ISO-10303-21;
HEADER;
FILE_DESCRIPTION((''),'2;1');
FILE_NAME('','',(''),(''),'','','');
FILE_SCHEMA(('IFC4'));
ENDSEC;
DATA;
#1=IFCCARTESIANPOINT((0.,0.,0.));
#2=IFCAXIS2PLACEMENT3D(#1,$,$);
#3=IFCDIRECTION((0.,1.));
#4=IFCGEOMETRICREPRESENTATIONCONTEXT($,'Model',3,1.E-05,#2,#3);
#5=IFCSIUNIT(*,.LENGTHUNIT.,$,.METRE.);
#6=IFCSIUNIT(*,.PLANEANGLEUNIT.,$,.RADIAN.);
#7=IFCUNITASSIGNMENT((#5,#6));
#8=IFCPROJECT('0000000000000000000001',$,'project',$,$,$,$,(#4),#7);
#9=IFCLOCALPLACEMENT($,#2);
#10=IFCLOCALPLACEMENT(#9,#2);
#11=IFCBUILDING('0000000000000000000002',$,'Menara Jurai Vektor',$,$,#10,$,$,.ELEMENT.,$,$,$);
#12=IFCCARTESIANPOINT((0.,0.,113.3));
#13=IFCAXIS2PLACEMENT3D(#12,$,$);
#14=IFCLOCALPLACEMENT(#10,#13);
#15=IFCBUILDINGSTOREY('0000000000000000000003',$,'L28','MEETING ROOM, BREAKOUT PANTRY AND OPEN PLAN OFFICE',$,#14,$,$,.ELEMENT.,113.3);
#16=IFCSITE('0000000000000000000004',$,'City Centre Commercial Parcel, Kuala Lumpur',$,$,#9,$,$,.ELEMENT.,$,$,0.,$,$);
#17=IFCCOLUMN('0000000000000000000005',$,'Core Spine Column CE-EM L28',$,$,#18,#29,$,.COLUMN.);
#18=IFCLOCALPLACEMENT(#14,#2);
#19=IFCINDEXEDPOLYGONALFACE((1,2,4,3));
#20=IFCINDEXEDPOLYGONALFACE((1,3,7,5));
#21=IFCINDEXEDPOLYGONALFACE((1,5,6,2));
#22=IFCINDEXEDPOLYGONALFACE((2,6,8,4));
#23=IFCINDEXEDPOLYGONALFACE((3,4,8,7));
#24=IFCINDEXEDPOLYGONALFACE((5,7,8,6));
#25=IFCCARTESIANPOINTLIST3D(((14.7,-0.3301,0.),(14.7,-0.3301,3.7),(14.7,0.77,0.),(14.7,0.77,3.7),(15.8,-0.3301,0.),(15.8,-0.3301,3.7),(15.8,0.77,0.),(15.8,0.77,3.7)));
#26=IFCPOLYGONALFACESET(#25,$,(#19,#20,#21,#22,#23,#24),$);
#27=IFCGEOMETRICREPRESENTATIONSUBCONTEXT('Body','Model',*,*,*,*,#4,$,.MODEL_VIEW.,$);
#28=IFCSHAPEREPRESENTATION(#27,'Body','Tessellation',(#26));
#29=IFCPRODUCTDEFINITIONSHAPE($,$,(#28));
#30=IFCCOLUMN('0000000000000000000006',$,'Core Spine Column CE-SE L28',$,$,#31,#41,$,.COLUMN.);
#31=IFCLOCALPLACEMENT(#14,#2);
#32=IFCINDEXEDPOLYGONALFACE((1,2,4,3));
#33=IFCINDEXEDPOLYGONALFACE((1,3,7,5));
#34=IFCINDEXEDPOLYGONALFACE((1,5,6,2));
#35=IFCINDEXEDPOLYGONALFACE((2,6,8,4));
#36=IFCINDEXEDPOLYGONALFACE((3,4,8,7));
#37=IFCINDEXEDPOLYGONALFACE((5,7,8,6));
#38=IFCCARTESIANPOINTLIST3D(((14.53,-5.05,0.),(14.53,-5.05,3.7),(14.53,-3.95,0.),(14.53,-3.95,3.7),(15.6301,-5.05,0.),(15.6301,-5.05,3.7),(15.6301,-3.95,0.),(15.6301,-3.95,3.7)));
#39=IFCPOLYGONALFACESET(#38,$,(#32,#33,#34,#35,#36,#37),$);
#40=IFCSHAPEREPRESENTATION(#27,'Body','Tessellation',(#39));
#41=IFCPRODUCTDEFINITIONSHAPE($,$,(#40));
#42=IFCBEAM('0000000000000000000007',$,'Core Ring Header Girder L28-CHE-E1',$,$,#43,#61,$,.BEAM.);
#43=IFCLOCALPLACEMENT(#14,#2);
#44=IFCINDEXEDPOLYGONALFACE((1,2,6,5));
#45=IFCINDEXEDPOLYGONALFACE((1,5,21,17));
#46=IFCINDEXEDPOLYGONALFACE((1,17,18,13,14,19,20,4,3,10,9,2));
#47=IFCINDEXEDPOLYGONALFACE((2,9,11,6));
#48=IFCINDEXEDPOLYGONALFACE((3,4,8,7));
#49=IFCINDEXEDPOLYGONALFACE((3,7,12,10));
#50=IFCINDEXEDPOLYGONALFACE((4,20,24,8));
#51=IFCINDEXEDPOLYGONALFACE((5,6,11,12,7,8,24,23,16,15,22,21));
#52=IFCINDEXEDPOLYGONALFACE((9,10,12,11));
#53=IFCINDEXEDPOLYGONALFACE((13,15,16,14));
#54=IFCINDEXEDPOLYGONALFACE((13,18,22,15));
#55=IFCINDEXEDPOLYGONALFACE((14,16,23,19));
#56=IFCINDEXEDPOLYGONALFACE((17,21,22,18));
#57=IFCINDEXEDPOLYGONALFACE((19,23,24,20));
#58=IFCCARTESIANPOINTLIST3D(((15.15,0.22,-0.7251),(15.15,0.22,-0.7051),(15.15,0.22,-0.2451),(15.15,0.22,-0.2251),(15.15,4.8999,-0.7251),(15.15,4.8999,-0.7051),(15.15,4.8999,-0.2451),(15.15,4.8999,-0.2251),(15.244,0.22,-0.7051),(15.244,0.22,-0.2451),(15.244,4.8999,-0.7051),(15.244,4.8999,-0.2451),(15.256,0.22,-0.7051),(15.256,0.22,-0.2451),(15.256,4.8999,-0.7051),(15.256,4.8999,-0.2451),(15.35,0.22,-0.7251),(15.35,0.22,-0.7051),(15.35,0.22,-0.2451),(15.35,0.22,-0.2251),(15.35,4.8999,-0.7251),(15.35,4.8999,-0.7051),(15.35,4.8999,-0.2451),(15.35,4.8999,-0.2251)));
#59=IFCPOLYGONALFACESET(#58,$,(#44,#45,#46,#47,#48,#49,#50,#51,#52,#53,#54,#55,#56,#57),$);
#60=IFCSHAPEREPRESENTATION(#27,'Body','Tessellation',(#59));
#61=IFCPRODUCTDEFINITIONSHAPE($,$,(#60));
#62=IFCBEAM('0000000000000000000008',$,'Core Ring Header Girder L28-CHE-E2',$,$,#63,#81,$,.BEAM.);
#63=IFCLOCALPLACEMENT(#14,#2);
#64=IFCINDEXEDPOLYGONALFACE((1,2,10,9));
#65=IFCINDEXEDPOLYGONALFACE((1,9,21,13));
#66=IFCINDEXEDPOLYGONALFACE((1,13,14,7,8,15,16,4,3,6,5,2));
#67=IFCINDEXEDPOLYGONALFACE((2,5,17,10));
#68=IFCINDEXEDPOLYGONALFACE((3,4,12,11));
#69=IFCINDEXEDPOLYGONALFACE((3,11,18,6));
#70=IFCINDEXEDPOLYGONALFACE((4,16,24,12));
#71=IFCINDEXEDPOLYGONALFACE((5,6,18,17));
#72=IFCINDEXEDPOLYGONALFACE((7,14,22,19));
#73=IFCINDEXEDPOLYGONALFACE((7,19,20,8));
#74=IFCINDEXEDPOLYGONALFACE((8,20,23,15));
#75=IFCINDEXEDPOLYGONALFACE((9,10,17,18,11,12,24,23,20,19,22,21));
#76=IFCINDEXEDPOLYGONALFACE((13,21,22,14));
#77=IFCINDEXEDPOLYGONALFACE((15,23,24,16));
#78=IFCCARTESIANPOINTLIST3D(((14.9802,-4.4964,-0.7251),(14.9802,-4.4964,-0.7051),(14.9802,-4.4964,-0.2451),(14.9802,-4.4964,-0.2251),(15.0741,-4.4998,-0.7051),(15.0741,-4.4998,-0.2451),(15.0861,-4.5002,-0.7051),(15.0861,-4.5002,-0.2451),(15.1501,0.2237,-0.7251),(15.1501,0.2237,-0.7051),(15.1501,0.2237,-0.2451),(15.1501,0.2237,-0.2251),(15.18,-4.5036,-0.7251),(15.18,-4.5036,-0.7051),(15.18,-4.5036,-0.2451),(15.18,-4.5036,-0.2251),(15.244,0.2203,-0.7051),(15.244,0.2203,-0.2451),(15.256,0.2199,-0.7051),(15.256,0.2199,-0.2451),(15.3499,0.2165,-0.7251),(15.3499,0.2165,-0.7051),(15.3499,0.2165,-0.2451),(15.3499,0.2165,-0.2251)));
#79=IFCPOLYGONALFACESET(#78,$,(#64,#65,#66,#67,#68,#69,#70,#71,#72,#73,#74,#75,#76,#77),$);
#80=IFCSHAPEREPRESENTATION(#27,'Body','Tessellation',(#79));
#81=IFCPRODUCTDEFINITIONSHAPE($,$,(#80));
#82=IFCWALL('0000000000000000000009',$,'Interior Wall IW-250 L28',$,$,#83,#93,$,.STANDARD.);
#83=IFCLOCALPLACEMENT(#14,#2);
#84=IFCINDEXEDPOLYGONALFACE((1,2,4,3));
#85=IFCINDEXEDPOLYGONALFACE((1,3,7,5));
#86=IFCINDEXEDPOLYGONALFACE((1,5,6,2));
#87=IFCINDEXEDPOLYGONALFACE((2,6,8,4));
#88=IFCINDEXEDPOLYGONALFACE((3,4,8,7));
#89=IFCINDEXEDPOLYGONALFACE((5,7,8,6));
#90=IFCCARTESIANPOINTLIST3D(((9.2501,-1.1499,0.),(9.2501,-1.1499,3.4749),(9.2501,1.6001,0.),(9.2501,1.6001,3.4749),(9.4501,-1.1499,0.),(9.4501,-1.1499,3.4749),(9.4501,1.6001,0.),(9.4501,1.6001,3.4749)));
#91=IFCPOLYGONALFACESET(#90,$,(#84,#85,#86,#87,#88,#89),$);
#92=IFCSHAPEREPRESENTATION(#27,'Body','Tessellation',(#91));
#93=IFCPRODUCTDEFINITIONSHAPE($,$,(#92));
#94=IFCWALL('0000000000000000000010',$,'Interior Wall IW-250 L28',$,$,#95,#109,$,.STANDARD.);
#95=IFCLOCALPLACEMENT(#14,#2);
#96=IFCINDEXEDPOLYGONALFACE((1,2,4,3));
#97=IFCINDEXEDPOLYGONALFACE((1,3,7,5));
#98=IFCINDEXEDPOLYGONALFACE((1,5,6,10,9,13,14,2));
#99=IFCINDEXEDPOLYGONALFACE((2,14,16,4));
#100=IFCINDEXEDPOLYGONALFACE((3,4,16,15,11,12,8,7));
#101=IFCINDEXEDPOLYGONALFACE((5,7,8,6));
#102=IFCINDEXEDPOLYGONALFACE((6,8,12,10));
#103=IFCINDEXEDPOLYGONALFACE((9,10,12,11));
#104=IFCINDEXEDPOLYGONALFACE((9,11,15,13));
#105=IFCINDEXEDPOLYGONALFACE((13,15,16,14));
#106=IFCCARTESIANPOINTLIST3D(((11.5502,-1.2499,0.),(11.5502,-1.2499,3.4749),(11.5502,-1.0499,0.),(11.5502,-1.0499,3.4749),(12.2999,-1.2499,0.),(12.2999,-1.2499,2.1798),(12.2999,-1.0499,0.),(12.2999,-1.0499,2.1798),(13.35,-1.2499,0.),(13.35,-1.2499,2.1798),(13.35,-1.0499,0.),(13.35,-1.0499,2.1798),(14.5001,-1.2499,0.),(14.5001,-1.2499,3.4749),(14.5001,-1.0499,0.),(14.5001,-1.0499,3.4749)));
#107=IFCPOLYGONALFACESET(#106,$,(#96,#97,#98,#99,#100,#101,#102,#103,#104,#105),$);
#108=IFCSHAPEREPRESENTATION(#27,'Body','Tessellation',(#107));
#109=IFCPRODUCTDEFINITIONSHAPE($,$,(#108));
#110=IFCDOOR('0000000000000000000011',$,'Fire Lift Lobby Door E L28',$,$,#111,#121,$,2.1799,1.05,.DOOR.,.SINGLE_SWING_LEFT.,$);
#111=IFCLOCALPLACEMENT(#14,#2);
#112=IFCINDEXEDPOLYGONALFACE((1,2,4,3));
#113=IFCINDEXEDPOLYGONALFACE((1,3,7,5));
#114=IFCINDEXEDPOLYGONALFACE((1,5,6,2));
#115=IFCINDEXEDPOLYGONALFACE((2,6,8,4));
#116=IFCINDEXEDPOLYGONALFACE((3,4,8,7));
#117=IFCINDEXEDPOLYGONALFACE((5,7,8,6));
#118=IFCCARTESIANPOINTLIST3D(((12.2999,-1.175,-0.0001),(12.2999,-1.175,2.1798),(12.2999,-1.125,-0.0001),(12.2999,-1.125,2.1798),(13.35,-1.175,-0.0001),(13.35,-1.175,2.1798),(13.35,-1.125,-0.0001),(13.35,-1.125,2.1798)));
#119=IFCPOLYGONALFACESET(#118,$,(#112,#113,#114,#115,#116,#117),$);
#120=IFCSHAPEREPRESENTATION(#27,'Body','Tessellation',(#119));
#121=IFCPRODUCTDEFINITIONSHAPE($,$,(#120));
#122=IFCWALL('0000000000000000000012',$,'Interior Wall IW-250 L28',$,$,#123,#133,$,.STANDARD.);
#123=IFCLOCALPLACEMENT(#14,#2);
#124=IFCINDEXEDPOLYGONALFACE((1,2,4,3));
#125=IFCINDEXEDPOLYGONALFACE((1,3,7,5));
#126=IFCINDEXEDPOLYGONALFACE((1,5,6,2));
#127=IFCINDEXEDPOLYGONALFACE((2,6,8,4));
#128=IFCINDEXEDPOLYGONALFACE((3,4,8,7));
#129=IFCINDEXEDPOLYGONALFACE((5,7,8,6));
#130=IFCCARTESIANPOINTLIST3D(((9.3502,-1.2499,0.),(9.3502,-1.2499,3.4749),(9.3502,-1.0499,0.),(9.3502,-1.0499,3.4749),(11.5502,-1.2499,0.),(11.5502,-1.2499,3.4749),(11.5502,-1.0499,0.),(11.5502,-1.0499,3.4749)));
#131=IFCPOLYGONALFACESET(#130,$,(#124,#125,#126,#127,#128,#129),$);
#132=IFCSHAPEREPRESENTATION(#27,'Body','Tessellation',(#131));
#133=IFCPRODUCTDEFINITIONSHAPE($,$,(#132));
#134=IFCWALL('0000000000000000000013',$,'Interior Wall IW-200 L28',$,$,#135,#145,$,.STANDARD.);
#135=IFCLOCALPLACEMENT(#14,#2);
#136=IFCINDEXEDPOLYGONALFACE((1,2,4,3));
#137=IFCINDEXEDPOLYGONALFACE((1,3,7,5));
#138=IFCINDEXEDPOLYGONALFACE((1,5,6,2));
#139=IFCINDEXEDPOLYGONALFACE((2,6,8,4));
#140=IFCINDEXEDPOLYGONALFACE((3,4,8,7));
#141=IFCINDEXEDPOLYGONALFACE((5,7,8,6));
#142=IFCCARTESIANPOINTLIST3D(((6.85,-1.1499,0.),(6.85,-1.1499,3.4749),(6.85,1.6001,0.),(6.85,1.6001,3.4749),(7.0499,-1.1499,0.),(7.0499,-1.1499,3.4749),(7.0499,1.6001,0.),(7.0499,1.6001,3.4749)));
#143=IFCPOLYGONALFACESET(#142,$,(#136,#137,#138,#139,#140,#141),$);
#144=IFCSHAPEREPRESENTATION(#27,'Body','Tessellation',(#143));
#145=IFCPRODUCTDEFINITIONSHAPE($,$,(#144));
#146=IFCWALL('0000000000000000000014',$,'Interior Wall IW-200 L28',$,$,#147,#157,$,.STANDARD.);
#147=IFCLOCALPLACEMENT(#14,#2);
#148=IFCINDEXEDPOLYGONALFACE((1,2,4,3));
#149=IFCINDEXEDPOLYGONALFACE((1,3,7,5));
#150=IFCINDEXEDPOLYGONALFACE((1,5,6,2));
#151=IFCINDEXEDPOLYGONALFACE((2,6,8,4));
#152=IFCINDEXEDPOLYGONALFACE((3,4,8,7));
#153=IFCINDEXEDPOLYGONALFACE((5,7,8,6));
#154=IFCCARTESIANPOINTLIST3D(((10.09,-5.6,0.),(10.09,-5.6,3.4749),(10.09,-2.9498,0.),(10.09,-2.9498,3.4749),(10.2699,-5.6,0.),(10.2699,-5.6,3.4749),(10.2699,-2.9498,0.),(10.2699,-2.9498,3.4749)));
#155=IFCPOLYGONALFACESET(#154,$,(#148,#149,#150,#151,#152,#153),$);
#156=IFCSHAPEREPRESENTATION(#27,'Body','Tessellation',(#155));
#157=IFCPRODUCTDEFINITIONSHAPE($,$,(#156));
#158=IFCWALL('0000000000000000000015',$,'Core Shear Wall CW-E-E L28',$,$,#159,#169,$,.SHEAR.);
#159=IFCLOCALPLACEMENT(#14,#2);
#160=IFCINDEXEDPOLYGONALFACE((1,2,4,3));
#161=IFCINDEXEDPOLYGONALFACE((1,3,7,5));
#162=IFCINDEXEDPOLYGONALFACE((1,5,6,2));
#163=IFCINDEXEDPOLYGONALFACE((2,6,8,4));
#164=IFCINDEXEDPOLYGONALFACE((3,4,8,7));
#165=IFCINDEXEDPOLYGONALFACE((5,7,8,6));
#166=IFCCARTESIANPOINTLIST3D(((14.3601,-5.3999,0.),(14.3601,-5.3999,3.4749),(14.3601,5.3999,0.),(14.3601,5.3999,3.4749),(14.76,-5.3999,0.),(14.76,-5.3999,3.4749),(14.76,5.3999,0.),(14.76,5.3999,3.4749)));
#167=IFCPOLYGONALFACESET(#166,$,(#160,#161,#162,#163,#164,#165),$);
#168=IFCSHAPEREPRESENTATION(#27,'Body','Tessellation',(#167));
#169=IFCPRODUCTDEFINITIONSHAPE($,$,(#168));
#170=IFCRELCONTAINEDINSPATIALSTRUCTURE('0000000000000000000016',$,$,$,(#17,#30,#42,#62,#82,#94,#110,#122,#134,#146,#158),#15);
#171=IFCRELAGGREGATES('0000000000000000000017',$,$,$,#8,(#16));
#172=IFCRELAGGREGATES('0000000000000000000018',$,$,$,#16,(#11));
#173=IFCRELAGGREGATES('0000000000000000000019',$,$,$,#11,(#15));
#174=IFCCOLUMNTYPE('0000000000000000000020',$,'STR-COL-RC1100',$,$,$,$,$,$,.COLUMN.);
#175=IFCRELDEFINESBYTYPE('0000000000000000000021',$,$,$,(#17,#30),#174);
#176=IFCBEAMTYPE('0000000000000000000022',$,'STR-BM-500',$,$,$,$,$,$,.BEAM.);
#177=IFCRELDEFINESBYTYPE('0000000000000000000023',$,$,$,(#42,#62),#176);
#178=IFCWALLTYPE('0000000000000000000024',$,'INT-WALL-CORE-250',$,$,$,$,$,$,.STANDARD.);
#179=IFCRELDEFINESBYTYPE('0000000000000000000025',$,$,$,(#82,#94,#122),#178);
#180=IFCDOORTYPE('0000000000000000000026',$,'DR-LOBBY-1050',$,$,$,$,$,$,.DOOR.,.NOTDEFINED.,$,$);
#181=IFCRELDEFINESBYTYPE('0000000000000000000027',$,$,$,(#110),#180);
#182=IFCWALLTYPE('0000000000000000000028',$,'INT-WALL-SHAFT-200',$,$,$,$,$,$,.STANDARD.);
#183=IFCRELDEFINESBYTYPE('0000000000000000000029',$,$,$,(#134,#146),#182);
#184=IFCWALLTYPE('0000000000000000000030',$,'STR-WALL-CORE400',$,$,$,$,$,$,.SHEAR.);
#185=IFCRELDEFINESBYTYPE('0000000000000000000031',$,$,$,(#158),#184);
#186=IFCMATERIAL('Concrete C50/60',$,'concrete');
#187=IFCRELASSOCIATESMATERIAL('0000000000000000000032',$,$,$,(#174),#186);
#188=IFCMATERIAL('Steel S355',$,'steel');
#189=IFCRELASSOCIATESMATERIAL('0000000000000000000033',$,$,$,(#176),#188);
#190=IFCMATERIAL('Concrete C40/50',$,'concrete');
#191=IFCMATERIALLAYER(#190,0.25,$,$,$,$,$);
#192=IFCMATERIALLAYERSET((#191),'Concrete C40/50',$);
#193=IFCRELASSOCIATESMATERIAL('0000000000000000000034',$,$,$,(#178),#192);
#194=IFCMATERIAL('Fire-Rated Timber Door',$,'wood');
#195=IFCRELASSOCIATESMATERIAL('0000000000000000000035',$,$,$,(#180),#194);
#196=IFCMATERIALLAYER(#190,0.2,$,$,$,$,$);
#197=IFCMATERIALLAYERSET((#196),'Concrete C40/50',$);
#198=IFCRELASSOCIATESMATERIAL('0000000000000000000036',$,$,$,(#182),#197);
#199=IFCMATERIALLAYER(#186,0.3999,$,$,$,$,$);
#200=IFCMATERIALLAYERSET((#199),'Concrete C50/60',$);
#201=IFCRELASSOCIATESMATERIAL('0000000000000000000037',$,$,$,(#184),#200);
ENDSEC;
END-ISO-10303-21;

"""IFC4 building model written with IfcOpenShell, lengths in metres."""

from ifc_helpers import new_model, si_unit, direction, frame, frame_2d, origin, origin_2d, place, context, subcontext, project, spatial, rectangle, i_section, extrude, material, layer, layer_set, material_profile, profile_set, type_object, element, fill, save


model = new_model("IFC4")

# Units and contexts
model_context = context("Model", 3, precision=1e-05, world=origin(), true_north=direction((0.0, 1.0)))
body_context = subcontext(model_context, "Body", "Model", "MODEL_VIEW")
ifc_project = project(units=[si_unit("LENGTHUNIT", "METRE"), si_unit("PLANEANGLEUNIT", "RADIAN")], contexts=[model_context])

# Site, building, storey
site_placement = place(None, origin())
site = spatial("IfcSite", under=ifc_project, at=site_placement, Name="City Centre Commercial Parcel, Kuala Lumpur", CompositionType="ELEMENT", RefElevation=0.0)
building_placement = place(site_placement, origin())
building = spatial("IfcBuilding", under=site, at=building_placement, Name="Menara Jurai Vektor", CompositionType="ELEMENT")
storey_placement = place(building_placement, frame((0.0, 0.0, 113.3)))
storey = spatial("IfcBuildingStorey", under=building, at=storey_placement, Name="L28", Description="MEETING ROOM, BREAKOUT PANTRY AND OPEN PLAN OFFICE", CompositionType="ELEMENT", Elevation=113.3)

# Columns
ifc_material_1 = material(Name="Concrete C50/60", Category="concrete")
ifc_material_profile_1 = material_profile(ifc_material_1, rectangle(XDim=1.1001, YDim=1.1001, at=origin_2d()), Name="RC 1100x1100")
ifc_profile_set_1 = profile_set([ifc_material_profile_1], Name="Concrete C50/60")
column_type = type_object("IfcColumnType", Name="STR-COL-RC1100", PredefinedType="COLUMN", material=ifc_profile_set_1)
for number, where, z_axis, x_axis, name in (
    (1, (15.25, 0.22, 0.0), (0.0, 0.0, 1.0), (1.0, 0.0, 0.0), "Core Spine Column CE-EM L28"),
    (2, (15.0801, -4.5, 0.0), (0.0, 0.0, 1.0), (1.0, 0.0, 0.0), "Core Spine Column CE-SE L28"),
):
    element("IfcColumn", number, at=place(storey_placement, frame(where, z_axis=z_axis, x_axis=x_axis)), inside=storey, type_object=column_type, Name=name, PredefinedType="COLUMN", context=body_context, shape_type="SweptSolid", body=[
        extrude(rectangle(XDim=1.1001, YDim=1.1001, at=origin_2d()), origin(), (0.0, 0.0, 1.0), 3.7),
    ])

# Beams
ifc_material_2 = material(Name="Steel S355", Category="steel")
ifc_material_profile_2 = material_profile(ifc_material_2, i_section(OverallWidth=0.2, OverallDepth=0.5, WebThickness=0.012, FlangeThickness=0.02, at=origin_2d()), Name="PG 500x200x96")
ifc_profile_set_2 = profile_set([ifc_material_profile_2], Name="Steel S355")
beam_type = type_object("IfcBeamType", Name="STR-BM-500", PredefinedType="BEAM", material=ifc_profile_set_2)
beam_1_placement = place(storey_placement, frame((15.25, 0.22, -0.4751), z_axis=(0.0, 1.0, 0.0), x_axis=(-1.0, 0.0, 0.0)))
element("IfcBeam", 3, at=beam_1_placement, inside=storey, type_object=beam_type, Name="Core Ring Header Girder L28-CHE-E1", PredefinedType="BEAM", context=body_context, shape_type="SweptSolid", body=[
    extrude(i_section(OverallWidth=0.2, OverallDepth=0.5, WebThickness=0.012, FlangeThickness=0.02, at=origin_2d()), origin(), (0.0, 0.0, 1.0), 4.6799),
])
beam_2_placement = place(storey_placement, frame((15.0801, -4.5, -0.4751), z_axis=(0.035977, 0.999353, 0.0), x_axis=(-0.999353, 0.035977, 0.0)))
element("IfcBeam", 4, at=beam_2_placement, inside=storey, type_object=beam_type, Name="Core Ring Header Girder L28-CHE-E2", PredefinedType="BEAM", context=body_context, shape_type="SweptSolid", body=[
    extrude(i_section(OverallWidth=0.2, OverallDepth=0.5, WebThickness=0.012, FlangeThickness=0.02, at=origin_2d()), origin(), (0.0, 0.0, 1.0), 4.7231),
])

# Shared definitions
ifc_material_3 = material(Name="Concrete C40/50", Category="concrete")
ifc_layer_1 = layer(ifc_material_3, 0.25)
ifc_layer_set_1 = layer_set([ifc_layer_1], Name="Concrete C40/50")
wall_type_1 = type_object("IfcWallType", Name="INT-WALL-CORE-250", PredefinedType="STANDARD", material=ifc_layer_set_1)

# Wall
wall_1_placement = place(storey_placement, frame((9.3501, -1.1499, 0.0), z_axis=(0.0, 0.0, 1.0), x_axis=(0.0, 1.0, 0.0)))
element("IfcWall", 5, at=wall_1_placement, inside=storey, type_object=wall_type_1, Name="Interior Wall IW-250 L28", PredefinedType="STANDARD", context=body_context, shape_type="SweptSolid", body=[
    extrude(rectangle(XDim=2.75, YDim=0.2, at=frame_2d((1.375, 0.0))), origin(), (0.0, 0.0, 1.0), 3.4749),
])

# Wall, opening, door
wall_2_placement = place(storey_placement, frame((11.55, -1.1499, 0.0), z_axis=(0.0, 0.0, 1.0), x_axis=(1.0, 0.0, 0.0)))
wall_2 = element("IfcWall", 6, at=wall_2_placement, inside=storey, type_object=wall_type_1, Name="Interior Wall IW-250 L28", PredefinedType="STANDARD", context=body_context, shape_type="SweptSolid", body=[
    extrude(rectangle(XDim=2.95, YDim=0.2, at=frame_2d((1.4751, 0.0))), origin(), (0.0, 0.0, 1.0), 3.4749),
])
opening_1_placement = place(wall_2_placement, frame((0.75, 0.0, 0.0)))
opening_1 = element("IfcOpeningElement", 7, at=opening_1_placement, cuts=wall_2, PredefinedType="OPENING", context=body_context, shape_type="SweptSolid", body=[
    extrude(rectangle(XDim=1.05, YDim=2.1799, at=frame_2d((0.5249, 1.0898))), frame((0.0, 0.1099, 0.0), z_axis=(0.0, -1.0, 0.0), x_axis=(1.0, 0.0, 0.0)), (0.0, 0.0, 1.0), 0.22),
])
ifc_material_4 = material(Name="Fire-Rated Timber Door", Category="wood")
door_type_1 = type_object("IfcDoorType", Name="DR-LOBBY-1050", OperationType="NOTDEFINED", PredefinedType="DOOR", material=ifc_material_4)
door_1_placement = place(opening_1_placement, origin())
door_1 = element("IfcDoor", 8, at=door_1_placement, inside=storey, type_object=door_type_1, Name="Fire Lift Lobby Door E L28", OperationType="SINGLE_SWING_LEFT", OverallHeight=2.1799, OverallWidth=1.05, PredefinedType="DOOR", context=body_context, shape_type="SweptSolid", body=[
    extrude(rectangle(XDim=1.05, YDim=2.1799, at=frame_2d((0.5249, 1.0898))), frame((0.0, 0.0249, 0.0), z_axis=(0.0, -1.0, 0.0), x_axis=(1.0, 0.0, 0.0)), (0.0, 0.0, 1.0), 0.05),
])
fill(opening_1, door_1)

# Walls
wall_3_placement = place(storey_placement, frame((9.3501, -1.1499, 0.0), z_axis=(0.0, 0.0, 1.0), x_axis=(1.0, 0.0, 0.0)))
element("IfcWall", 9, at=wall_3_placement, inside=storey, type_object=wall_type_1, Name="Interior Wall IW-250 L28", PredefinedType="STANDARD", context=body_context, shape_type="SweptSolid", body=[
    extrude(rectangle(XDim=2.2, YDim=0.2, at=frame_2d((1.1001, 0.0))), origin(), (0.0, 0.0, 1.0), 3.4749),
])
ifc_layer_2 = layer(ifc_material_3, 0.2)
ifc_layer_set_2 = layer_set([ifc_layer_2], Name="Concrete C40/50")
wall_type_2 = type_object("IfcWallType", Name="INT-WALL-SHAFT-200", PredefinedType="STANDARD", material=ifc_layer_set_2)
wall_4_placement = place(storey_placement, frame((6.95, -1.1499, 0.0), z_axis=(0.0, 0.0, 1.0), x_axis=(0.0, 1.0, 0.0)))
element("IfcWall", 10, at=wall_4_placement, inside=storey, type_object=wall_type_2, Name="Interior Wall IW-200 L28", PredefinedType="STANDARD", context=body_context, shape_type="SweptSolid", body=[
    extrude(rectangle(XDim=2.75, YDim=0.2, at=frame_2d((1.375, 0.0))), origin(), (0.0, 0.0, 1.0), 3.4749),
])

# Walls
wall_5_placement = place(storey_placement, frame((10.1799, -5.6001, 0.0), z_axis=(0.0, 0.0, 1.0), x_axis=(0.0, 1.0, 0.0)))
element("IfcWall", 11, at=wall_5_placement, inside=storey, type_object=wall_type_2, Name="Interior Wall IW-200 L28", PredefinedType="STANDARD", context=body_context, shape_type="SweptSolid", body=[
    extrude(rectangle(XDim=2.6501, YDim=0.1799, at=frame_2d((1.3252, 0.0))), origin(), (0.0, 0.0, 1.0), 3.4749),
])
ifc_layer_3 = layer(ifc_material_1, 0.3999)
ifc_layer_set_3 = layer_set([ifc_layer_3], Name="Concrete C50/60")
wall_type_3 = type_object("IfcWallType", Name="STR-WALL-CORE400", PredefinedType="SHEAR", material=ifc_layer_set_3)
wall_6_placement = place(storey_placement, frame((14.5601, -5.3999, 0.0), z_axis=(0.0, 0.0, 1.0), x_axis=(0.0, 1.0, 0.0)))
element("IfcWall", 12, at=wall_6_placement, inside=storey, type_object=wall_type_3, Name="Core Shear Wall CW-E-E L28", PredefinedType="SHEAR", context=body_context, shape_type="SweptSolid", body=[
    extrude(rectangle(XDim=10.7998, YDim=0.3999, at=frame_2d((5.3999, 0.0))), origin(), (0.0, 0.0, 1.0), 3.4749),
])

save(model, "model.ifc")
